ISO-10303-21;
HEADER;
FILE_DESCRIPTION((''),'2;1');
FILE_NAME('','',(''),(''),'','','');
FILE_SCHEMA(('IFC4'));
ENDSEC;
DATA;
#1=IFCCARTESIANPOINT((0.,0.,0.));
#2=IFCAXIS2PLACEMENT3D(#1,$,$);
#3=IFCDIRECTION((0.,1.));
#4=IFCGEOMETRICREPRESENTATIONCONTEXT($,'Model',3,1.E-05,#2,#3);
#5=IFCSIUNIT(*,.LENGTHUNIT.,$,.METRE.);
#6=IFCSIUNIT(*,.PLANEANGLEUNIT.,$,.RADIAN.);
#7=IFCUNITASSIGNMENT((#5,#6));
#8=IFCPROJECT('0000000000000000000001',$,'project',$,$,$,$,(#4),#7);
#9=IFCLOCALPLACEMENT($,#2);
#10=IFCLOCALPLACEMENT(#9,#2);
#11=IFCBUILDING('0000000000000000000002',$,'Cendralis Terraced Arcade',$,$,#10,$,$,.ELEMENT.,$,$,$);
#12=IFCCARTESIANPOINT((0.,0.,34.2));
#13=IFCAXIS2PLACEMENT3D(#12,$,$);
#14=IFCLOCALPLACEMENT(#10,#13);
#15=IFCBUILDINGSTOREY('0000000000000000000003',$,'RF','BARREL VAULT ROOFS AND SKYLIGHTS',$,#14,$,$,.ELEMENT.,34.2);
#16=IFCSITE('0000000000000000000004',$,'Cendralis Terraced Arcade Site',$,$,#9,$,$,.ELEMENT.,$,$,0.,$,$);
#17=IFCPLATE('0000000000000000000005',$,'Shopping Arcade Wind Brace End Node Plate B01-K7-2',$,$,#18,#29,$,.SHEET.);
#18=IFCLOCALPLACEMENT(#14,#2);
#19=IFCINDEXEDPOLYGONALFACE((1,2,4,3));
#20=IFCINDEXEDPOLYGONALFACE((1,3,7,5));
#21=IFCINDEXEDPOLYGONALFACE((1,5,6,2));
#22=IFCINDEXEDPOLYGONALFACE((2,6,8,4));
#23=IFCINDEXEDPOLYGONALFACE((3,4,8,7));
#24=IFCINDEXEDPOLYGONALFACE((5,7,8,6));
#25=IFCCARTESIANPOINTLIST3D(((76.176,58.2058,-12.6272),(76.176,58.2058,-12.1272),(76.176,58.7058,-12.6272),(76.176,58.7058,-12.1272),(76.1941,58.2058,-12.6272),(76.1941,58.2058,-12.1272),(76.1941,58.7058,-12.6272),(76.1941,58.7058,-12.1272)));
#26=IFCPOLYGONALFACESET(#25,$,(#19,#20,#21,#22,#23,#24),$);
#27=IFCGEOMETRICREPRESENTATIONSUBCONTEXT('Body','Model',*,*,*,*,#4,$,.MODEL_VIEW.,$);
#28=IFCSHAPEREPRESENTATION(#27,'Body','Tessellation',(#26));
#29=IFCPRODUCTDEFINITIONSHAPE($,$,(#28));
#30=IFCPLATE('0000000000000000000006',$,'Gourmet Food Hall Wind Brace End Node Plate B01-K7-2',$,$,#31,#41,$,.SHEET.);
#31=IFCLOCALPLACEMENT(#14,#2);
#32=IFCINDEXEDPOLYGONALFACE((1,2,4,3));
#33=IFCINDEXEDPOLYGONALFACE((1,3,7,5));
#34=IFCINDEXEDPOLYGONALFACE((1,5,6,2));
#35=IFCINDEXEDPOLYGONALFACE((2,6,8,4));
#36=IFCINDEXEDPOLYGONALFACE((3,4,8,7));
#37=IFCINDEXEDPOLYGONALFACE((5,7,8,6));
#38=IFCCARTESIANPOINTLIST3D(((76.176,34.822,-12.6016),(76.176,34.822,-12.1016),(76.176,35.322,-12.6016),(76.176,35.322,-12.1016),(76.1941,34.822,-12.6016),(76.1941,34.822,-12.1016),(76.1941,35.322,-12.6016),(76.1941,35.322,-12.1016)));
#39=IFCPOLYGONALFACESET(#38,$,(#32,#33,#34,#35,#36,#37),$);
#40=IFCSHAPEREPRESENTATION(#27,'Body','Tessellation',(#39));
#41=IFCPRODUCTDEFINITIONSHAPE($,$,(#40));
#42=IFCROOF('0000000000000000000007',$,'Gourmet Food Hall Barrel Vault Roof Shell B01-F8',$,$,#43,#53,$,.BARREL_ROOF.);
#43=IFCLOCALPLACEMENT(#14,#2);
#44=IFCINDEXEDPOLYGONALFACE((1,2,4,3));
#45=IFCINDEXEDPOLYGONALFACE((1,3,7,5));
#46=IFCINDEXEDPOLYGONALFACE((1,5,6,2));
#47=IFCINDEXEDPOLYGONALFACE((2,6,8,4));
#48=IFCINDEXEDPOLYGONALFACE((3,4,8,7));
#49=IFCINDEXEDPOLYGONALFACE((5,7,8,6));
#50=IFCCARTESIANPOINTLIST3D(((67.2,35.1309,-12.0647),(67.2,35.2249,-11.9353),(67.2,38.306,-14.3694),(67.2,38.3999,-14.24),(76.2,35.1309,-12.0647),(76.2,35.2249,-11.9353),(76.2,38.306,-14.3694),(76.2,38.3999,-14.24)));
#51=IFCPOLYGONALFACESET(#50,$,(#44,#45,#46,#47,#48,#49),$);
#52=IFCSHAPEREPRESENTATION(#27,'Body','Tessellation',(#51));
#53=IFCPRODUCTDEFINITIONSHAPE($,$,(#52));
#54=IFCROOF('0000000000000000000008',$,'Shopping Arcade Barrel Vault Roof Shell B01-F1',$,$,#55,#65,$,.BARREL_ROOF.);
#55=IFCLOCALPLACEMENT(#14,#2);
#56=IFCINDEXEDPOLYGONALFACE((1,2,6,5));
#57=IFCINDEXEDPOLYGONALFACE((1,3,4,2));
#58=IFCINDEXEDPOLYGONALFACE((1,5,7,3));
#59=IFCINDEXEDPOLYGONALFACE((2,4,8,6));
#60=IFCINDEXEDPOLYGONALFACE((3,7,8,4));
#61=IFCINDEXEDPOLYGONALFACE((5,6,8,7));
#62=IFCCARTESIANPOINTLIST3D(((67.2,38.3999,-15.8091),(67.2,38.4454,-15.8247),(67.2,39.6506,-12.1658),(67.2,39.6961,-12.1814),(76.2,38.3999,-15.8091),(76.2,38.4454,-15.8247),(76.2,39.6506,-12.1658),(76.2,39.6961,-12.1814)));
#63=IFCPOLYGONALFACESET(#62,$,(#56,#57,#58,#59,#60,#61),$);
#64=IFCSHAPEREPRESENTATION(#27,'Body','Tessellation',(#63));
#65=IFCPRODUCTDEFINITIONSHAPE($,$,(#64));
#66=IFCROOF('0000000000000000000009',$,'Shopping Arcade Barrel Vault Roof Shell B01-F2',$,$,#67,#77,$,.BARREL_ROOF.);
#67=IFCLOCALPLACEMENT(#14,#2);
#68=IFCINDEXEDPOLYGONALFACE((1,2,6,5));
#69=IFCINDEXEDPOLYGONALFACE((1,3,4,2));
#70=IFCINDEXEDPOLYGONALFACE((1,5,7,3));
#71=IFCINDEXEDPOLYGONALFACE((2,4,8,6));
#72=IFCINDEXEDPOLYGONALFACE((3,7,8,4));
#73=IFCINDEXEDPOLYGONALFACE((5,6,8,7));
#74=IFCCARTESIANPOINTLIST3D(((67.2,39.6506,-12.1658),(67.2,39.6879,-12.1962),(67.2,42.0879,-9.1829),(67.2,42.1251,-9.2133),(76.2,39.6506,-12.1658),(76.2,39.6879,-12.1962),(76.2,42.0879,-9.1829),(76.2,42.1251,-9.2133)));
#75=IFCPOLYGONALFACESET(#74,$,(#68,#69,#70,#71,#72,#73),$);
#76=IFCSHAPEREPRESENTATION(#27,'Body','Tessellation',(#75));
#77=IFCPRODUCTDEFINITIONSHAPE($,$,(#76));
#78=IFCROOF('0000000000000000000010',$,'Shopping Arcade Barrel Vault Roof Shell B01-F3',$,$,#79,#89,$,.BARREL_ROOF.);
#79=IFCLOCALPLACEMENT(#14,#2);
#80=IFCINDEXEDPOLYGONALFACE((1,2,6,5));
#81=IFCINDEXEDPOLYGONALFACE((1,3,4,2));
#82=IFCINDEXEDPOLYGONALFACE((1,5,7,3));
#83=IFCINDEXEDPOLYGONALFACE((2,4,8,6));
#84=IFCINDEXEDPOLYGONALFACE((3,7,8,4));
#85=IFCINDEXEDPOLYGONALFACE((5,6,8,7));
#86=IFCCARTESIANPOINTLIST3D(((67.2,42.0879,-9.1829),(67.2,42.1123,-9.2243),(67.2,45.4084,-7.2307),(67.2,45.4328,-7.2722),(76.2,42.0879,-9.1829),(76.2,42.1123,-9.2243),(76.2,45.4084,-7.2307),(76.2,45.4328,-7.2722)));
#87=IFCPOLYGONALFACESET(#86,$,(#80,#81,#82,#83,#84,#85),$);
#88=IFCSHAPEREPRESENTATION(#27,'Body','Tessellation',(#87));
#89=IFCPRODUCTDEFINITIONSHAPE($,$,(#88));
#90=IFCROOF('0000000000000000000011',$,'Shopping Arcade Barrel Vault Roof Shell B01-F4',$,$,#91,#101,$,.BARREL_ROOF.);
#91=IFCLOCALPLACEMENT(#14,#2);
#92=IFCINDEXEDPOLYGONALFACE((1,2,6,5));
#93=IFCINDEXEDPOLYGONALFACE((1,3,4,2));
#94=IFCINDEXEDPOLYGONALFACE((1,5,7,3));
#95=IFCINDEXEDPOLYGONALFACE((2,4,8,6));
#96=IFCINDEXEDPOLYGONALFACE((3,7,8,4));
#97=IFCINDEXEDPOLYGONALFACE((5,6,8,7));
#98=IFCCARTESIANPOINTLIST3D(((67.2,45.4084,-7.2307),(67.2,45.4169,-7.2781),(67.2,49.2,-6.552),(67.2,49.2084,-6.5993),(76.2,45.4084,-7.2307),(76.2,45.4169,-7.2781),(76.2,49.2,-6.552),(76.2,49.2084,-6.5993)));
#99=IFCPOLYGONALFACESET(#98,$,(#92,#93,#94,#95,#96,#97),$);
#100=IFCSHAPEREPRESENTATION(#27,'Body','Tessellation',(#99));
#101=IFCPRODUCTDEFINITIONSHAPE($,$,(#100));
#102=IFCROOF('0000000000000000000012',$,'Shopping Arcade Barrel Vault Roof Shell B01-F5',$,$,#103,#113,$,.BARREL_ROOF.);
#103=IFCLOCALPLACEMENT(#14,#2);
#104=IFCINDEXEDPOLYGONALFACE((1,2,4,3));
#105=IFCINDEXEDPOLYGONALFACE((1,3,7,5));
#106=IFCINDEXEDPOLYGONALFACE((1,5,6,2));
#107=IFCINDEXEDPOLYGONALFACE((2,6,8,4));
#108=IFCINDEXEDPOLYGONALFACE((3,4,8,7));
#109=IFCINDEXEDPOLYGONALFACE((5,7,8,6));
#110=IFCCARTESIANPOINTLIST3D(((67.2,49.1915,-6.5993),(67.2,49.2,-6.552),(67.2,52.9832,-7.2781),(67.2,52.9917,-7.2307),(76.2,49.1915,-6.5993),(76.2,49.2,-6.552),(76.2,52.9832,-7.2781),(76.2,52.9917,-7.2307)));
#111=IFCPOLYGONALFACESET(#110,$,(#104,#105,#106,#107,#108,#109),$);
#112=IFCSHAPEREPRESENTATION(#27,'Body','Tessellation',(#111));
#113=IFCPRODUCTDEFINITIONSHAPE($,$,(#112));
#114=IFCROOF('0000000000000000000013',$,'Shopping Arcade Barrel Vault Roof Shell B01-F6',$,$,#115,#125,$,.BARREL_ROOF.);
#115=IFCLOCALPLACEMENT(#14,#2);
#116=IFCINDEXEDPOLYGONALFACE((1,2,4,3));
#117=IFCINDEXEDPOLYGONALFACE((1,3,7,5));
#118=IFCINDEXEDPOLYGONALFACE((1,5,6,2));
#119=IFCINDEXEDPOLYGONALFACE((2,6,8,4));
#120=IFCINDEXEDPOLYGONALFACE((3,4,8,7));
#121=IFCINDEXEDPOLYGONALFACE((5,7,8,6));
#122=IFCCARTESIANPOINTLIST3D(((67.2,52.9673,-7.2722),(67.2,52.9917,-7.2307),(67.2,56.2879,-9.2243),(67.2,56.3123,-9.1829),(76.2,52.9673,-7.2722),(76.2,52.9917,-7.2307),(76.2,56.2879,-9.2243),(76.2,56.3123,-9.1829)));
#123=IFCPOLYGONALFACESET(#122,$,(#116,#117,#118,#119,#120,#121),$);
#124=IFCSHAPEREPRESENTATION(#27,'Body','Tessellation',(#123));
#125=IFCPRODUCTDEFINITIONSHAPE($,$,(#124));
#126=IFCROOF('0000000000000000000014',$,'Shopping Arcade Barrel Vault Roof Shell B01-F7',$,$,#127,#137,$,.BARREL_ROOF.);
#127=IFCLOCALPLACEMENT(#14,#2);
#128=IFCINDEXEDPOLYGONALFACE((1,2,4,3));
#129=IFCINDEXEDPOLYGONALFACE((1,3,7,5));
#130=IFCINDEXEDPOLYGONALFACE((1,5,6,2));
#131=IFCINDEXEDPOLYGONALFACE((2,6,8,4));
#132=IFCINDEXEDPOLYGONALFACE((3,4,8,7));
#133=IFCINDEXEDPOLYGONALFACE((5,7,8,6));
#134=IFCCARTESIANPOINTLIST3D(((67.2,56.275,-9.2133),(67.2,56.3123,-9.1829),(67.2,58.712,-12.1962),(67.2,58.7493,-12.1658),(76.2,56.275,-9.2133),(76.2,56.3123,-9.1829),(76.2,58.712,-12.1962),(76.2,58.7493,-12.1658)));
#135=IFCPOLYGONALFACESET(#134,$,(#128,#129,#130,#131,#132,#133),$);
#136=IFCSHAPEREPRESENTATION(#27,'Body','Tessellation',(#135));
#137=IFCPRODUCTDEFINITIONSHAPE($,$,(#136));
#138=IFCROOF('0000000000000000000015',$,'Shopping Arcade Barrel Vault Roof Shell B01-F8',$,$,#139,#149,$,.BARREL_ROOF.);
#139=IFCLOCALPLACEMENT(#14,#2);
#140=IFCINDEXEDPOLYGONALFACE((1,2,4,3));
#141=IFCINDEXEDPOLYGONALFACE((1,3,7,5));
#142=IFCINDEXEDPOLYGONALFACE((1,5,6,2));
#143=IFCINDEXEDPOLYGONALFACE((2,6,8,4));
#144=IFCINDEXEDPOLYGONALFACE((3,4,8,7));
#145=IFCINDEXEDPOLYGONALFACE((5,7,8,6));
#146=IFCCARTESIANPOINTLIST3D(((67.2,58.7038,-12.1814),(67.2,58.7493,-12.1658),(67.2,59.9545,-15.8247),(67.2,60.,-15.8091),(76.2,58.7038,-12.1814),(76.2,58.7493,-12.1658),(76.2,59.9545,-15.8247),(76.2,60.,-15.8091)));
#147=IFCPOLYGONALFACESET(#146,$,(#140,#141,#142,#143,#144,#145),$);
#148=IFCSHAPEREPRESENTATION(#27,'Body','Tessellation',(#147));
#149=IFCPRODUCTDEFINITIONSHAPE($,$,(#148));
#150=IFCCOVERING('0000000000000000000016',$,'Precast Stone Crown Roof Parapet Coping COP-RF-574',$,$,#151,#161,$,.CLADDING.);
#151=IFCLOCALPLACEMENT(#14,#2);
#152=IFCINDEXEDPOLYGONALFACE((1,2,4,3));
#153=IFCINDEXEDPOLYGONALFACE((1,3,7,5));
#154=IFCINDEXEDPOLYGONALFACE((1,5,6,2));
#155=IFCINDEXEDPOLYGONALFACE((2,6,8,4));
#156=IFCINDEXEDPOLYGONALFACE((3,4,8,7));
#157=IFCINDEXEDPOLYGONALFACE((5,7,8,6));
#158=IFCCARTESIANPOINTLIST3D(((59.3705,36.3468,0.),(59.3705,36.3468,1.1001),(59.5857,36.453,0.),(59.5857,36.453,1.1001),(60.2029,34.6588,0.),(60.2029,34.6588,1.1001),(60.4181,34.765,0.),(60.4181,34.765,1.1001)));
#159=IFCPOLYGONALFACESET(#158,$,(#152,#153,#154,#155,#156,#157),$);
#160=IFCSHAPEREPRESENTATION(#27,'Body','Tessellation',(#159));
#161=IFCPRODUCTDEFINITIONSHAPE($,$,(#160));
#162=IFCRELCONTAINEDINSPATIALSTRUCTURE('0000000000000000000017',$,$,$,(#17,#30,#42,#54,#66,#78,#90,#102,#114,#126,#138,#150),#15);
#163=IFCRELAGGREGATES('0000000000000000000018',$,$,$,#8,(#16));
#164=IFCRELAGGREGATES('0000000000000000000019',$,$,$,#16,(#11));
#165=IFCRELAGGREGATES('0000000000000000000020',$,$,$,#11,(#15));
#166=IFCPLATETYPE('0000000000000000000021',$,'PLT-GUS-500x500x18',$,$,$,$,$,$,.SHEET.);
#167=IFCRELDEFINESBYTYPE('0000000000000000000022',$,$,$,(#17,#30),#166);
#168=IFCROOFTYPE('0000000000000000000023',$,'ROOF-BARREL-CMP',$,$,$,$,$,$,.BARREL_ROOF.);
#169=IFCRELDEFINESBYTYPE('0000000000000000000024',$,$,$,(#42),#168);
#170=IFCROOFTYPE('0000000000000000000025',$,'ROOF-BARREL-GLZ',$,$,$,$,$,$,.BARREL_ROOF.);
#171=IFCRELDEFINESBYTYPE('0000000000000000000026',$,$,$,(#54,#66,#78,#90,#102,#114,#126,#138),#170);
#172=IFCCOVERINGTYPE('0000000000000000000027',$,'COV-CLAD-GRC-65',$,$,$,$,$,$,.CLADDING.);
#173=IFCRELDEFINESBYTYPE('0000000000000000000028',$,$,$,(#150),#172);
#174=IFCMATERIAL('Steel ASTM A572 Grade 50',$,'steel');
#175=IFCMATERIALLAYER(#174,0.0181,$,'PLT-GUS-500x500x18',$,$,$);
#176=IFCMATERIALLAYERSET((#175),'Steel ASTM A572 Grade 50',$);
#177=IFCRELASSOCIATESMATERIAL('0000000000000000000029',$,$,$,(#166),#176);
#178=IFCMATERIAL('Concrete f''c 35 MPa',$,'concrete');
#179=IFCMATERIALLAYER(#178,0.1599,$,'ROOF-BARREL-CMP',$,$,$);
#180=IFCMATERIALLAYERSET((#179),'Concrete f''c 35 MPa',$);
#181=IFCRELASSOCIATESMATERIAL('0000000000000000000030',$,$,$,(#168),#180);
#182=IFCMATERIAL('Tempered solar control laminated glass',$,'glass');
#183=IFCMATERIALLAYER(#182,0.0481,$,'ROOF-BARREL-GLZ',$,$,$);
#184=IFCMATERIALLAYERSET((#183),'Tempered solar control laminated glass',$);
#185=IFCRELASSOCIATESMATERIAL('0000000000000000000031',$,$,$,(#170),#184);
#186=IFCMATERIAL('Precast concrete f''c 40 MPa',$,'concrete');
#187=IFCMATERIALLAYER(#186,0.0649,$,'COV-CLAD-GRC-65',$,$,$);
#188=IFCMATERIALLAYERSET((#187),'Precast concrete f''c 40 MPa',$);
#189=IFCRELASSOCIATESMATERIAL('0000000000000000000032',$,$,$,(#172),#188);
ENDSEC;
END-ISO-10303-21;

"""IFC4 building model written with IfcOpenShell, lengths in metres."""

from ifc_helpers import new_model, si_unit, direction, frame, origin, origin_2d, place, context, subcontext, project, spatial, polyline, rectangle, outline, extrude, material, layer, layer_set, type_object, element, save


model = new_model("IFC4")

# Units and contexts
model_context = context("Model", 3, precision=1e-05, world=origin(), true_north=direction((0.0, 1.0)))
body_context = subcontext(model_context, "Body", "Model", "MODEL_VIEW")
ifc_project = project(units=[si_unit("LENGTHUNIT", "METRE"), si_unit("PLANEANGLEUNIT", "RADIAN")], contexts=[model_context])

# Site, building, storey
site_placement = place(None, origin())
site = spatial("IfcSite", under=ifc_project, at=site_placement, Name="Cendralis Terraced Arcade Site", CompositionType="ELEMENT", RefElevation=0.0)
building_placement = place(site_placement, origin())
building = spatial("IfcBuilding", under=site, at=building_placement, Name="Cendralis Terraced Arcade", CompositionType="ELEMENT")
storey_placement = place(building_placement, frame((0.0, 0.0, 34.2)))
storey = spatial("IfcBuildingStorey", under=building, at=storey_placement, Name="RF", Description="BARREL VAULT ROOFS AND SKYLIGHTS", CompositionType="ELEMENT", Elevation=34.2)

# Shared definitions
ifc_material_1 = material(Name="Steel ASTM A572 Grade 50", Category="steel")

# Plates
ifc_layer_1 = layer(ifc_material_1, 0.0181, Name="PLT-GUS-500x500x18")
ifc_layer_set_1 = layer_set([ifc_layer_1], Name="Steel ASTM A572 Grade 50")
plate_type = type_object("IfcPlateType", Name="PLT-GUS-500x500x18", PredefinedType="SHEET", material=ifc_layer_set_1)
for number, where, z_axis, x_axis, name in (
    (1, (76.1851, 58.4558, -12.6272), (0.0, 0.0, 1.0), (1.0, 0.0, 0.0), "Shopping Arcade Wind Brace End Node Plate B01-K7-2"),
    (2, (76.1851, 35.072, -12.6016), (0.0, 0.0, 1.0), (1.0, 0.0, 0.0), "Gourmet Food Hall Wind Brace End Node Plate B01-K7-2"),
):
    element("IfcPlate", number, at=place(storey_placement, frame(where, z_axis=z_axis, x_axis=x_axis)), inside=storey, type_object=plate_type, Name=name, PredefinedType="SHEET", context=body_context, shape_type="SweptSolid", body=[
        extrude(rectangle(XDim=0.0181, YDim=0.5, at=origin_2d()), origin(), (0.0, 0.0, 1.0), 0.5),
    ])

# Roofs
ifc_material_2 = material(Name="Concrete f'c 35 MPa", Category="concrete")
ifc_layer_2 = layer(ifc_material_2, 0.1599, Name="ROOF-BARREL-CMP")
ifc_layer_set_2 = layer_set([ifc_layer_2], Name="Concrete f'c 35 MPa")
roof_type_1 = type_object("IfcRoofType", Name="ROOF-BARREL-CMP", PredefinedType="BARREL_ROOF", material=ifc_layer_set_2)
roof_1_placement = place(storey_placement, frame((67.2, 35.2249, -11.9353), z_axis=(0.0, 0.587431, 0.809274), x_axis=(1.0, 0.0, 0.0)))
element("IfcRoof", 3, at=roof_1_placement, inside=storey, type_object=roof_type_1, Name="Gourmet Food Hall Barrel Vault Roof Shell B01-F8", PredefinedType="BARREL_ROOF", context=body_context, shape_type="SweptSolid", body=[
    extrude(outline(polyline([(0.0, 0.0), (9.0, 0.0), (9.0, 3.9233), (0.0, 3.9233), (0.0, 0.0)])), origin(), (0.0, 0.0, -1.0), 0.1599),
])
ifc_material_3 = material(Name="Tempered solar control laminated glass", Category="glass")
ifc_layer_3 = layer(ifc_material_3, 0.0481, Name="ROOF-BARREL-GLZ")
ifc_layer_set_3 = layer_set([ifc_layer_3], Name="Tempered solar control laminated glass")
roof_type_2 = type_object("IfcRoofType", Name="ROOF-BARREL-GLZ", PredefinedType="BARREL_ROOF", material=ifc_layer_set_3)
roof_2_placement = place(storey_placement, frame((67.2, 38.3999, -15.8091), z_axis=(0.0, -0.945819, 0.324695), x_axis=(1.0, 0.0, 0.0)))
element("IfcRoof", 4, at=roof_2_placement, inside=storey, type_object=roof_type_2, Name="Shopping Arcade Barrel Vault Roof Shell B01-F1", PredefinedType="BARREL_ROOF", context=body_context, shape_type="SweptSolid", body=[
    extrude(outline(polyline([(0.0, 0.0), (9.0, 0.0), (9.0, 3.852), (0.0, 3.852), (0.0, 0.0)])), origin(), (0.0, 0.0, -1.0), 0.0481),
])
roof_3_placement = place(storey_placement, frame((67.2, 39.6506, -12.1658), z_axis=(0.0, -0.774378, 0.632723), x_axis=(1.0, 0.0, 0.0)))
element("IfcRoof", 5, at=roof_3_placement, inside=storey, type_object=roof_type_2, Name="Shopping Arcade Barrel Vault Roof Shell B01-F2", PredefinedType="BARREL_ROOF", context=body_context, shape_type="SweptSolid", body=[
    extrude(outline(polyline([(0.0, 0.0), (9.0, 0.0), (9.0, 3.852), (0.0, 3.852), (0.0, 0.0)])), origin(), (0.0, 0.0, -1.0), 0.0481),
])
roof_4_placement = place(storey_placement, frame((67.2, 42.0879, -9.1829), z_axis=(0.0, -0.506804, 0.862061), x_axis=(1.0, 0.0, 0.0)))
element("IfcRoof", 6, at=roof_4_placement, inside=storey, type_object=roof_type_2, Name="Shopping Arcade Barrel Vault Roof Shell B01-F3", PredefinedType="BARREL_ROOF", context=body_context, shape_type="SweptSolid", body=[
    extrude(outline(polyline([(0.0, 0.0), (9.0, 0.0), (9.0, 3.8519), (0.0, 3.8519), (0.0, 0.0)])), origin(), (0.0, 0.0, -1.0), 0.0481),
])
roof_5_placement = place(storey_placement, frame((67.2, 45.4084, -7.2307), z_axis=(0.0, -0.176207, 0.984353), x_axis=(1.0, 0.0, 0.0)))
element("IfcRoof", 7, at=roof_5_placement, inside=storey, type_object=roof_type_2, Name="Shopping Arcade Barrel Vault Roof Shell B01-F4", PredefinedType="BARREL_ROOF", context=body_context, shape_type="SweptSolid", body=[
    extrude(outline(polyline([(0.0, 0.0), (9.0, 0.0), (9.0, 3.8518), (0.0, 3.8518), (0.0, 0.0)])), origin(), (0.0, 0.0, -1.0), 0.0481),
])
roof_6_placement = place(storey_placement, frame((67.2, 49.2, -6.552), z_axis=(0.0, 0.176196, 0.984355), x_axis=(1.0, 0.0, 0.0)))
element("IfcRoof", 8, at=roof_6_placement, inside=storey, type_object=roof_type_2, Name="Shopping Arcade Barrel Vault Roof Shell B01-F5", PredefinedType="BARREL_ROOF", context=body_context, shape_type="SweptSolid", body=[
    extrude(outline(polyline([(0.0, 0.0), (9.0, 0.0), (9.0, 3.852), (0.0, 3.852), (0.0, 0.0)])), origin(), (0.0, 0.0, -1.0), 0.0481),
])
roof_7_placement = place(storey_placement, frame((67.2, 52.9917, -7.2307), z_axis=(0.0, 0.506804, 0.862061), x_axis=(1.0, 0.0, 0.0)))
element("IfcRoof", 9, at=roof_7_placement, inside=storey, type_object=roof_type_2, Name="Shopping Arcade Barrel Vault Roof Shell B01-F6", PredefinedType="BARREL_ROOF", context=body_context, shape_type="SweptSolid", body=[
    extrude(outline(polyline([(0.0, 0.0), (9.0, 0.0), (9.0, 3.8519), (0.0, 3.8519), (0.0, 0.0)])), origin(), (0.0, 0.0, -1.0), 0.0481),
])
roof_8_placement = place(storey_placement, frame((67.2, 56.3123, -9.1829), z_axis=(0.0, 0.774409, 0.632685), x_axis=(1.0, 0.0, 0.0)))
element("IfcRoof", 10, at=roof_8_placement, inside=storey, type_object=roof_type_2, Name="Shopping Arcade Barrel Vault Roof Shell B01-F7", PredefinedType="BARREL_ROOF", context=body_context, shape_type="SweptSolid", body=[
    extrude(outline(polyline([(0.0, 0.0), (9.0, 0.0), (9.0, 3.8519), (0.0, 3.8519), (0.0, 0.0)])), origin(), (0.0, 0.0, -1.0), 0.0481),
])
roof_9_placement = place(storey_placement, frame((67.2, 58.7493, -12.1658), z_axis=(0.0, 0.945819, 0.324695), x_axis=(1.0, 0.0, 0.0)))
element("IfcRoof", 11, at=roof_9_placement, inside=storey, type_object=roof_type_2, Name="Shopping Arcade Barrel Vault Roof Shell B01-F8", PredefinedType="BARREL_ROOF", context=body_context, shape_type="SweptSolid", body=[
    extrude(outline(polyline([(0.0, 0.0), (9.0, 0.0), (9.0, 3.852), (0.0, 3.852), (0.0, 0.0)])), origin(), (0.0, 0.0, -1.0), 0.0481),
])

# Covering
ifc_material_4 = material(Name="Precast concrete f'c 40 MPa", Category="concrete")
ifc_layer_4 = layer(ifc_material_4, 0.0649, Name="COV-CLAD-GRC-65")
ifc_layer_set_4 = layer_set([ifc_layer_4], Name="Precast concrete f'c 40 MPa")
covering_type = type_object("IfcCoveringType", Name="COV-CLAD-GRC-65", PredefinedType="CLADDING", material=ifc_layer_set_4)
covering_placement = place(storey_placement, frame((59.8943, 35.5559, 0.0), z_axis=(0.0, 0.0, 1.0), x_axis=(0.442289, -0.896873, 0.0)))
element("IfcCovering", 12, at=covering_placement, inside=storey, type_object=covering_type, Name="Precast Stone Crown Roof Parapet Coping COP-RF-574", PredefinedType="CLADDING", context=body_context, shape_type="SweptSolid", body=[
    extrude(rectangle(XDim=1.8821, YDim=0.24, at=origin_2d()), origin(), (0.0, 0.0, 1.0), 1.1001),
])

save(model, "model.ifc")
